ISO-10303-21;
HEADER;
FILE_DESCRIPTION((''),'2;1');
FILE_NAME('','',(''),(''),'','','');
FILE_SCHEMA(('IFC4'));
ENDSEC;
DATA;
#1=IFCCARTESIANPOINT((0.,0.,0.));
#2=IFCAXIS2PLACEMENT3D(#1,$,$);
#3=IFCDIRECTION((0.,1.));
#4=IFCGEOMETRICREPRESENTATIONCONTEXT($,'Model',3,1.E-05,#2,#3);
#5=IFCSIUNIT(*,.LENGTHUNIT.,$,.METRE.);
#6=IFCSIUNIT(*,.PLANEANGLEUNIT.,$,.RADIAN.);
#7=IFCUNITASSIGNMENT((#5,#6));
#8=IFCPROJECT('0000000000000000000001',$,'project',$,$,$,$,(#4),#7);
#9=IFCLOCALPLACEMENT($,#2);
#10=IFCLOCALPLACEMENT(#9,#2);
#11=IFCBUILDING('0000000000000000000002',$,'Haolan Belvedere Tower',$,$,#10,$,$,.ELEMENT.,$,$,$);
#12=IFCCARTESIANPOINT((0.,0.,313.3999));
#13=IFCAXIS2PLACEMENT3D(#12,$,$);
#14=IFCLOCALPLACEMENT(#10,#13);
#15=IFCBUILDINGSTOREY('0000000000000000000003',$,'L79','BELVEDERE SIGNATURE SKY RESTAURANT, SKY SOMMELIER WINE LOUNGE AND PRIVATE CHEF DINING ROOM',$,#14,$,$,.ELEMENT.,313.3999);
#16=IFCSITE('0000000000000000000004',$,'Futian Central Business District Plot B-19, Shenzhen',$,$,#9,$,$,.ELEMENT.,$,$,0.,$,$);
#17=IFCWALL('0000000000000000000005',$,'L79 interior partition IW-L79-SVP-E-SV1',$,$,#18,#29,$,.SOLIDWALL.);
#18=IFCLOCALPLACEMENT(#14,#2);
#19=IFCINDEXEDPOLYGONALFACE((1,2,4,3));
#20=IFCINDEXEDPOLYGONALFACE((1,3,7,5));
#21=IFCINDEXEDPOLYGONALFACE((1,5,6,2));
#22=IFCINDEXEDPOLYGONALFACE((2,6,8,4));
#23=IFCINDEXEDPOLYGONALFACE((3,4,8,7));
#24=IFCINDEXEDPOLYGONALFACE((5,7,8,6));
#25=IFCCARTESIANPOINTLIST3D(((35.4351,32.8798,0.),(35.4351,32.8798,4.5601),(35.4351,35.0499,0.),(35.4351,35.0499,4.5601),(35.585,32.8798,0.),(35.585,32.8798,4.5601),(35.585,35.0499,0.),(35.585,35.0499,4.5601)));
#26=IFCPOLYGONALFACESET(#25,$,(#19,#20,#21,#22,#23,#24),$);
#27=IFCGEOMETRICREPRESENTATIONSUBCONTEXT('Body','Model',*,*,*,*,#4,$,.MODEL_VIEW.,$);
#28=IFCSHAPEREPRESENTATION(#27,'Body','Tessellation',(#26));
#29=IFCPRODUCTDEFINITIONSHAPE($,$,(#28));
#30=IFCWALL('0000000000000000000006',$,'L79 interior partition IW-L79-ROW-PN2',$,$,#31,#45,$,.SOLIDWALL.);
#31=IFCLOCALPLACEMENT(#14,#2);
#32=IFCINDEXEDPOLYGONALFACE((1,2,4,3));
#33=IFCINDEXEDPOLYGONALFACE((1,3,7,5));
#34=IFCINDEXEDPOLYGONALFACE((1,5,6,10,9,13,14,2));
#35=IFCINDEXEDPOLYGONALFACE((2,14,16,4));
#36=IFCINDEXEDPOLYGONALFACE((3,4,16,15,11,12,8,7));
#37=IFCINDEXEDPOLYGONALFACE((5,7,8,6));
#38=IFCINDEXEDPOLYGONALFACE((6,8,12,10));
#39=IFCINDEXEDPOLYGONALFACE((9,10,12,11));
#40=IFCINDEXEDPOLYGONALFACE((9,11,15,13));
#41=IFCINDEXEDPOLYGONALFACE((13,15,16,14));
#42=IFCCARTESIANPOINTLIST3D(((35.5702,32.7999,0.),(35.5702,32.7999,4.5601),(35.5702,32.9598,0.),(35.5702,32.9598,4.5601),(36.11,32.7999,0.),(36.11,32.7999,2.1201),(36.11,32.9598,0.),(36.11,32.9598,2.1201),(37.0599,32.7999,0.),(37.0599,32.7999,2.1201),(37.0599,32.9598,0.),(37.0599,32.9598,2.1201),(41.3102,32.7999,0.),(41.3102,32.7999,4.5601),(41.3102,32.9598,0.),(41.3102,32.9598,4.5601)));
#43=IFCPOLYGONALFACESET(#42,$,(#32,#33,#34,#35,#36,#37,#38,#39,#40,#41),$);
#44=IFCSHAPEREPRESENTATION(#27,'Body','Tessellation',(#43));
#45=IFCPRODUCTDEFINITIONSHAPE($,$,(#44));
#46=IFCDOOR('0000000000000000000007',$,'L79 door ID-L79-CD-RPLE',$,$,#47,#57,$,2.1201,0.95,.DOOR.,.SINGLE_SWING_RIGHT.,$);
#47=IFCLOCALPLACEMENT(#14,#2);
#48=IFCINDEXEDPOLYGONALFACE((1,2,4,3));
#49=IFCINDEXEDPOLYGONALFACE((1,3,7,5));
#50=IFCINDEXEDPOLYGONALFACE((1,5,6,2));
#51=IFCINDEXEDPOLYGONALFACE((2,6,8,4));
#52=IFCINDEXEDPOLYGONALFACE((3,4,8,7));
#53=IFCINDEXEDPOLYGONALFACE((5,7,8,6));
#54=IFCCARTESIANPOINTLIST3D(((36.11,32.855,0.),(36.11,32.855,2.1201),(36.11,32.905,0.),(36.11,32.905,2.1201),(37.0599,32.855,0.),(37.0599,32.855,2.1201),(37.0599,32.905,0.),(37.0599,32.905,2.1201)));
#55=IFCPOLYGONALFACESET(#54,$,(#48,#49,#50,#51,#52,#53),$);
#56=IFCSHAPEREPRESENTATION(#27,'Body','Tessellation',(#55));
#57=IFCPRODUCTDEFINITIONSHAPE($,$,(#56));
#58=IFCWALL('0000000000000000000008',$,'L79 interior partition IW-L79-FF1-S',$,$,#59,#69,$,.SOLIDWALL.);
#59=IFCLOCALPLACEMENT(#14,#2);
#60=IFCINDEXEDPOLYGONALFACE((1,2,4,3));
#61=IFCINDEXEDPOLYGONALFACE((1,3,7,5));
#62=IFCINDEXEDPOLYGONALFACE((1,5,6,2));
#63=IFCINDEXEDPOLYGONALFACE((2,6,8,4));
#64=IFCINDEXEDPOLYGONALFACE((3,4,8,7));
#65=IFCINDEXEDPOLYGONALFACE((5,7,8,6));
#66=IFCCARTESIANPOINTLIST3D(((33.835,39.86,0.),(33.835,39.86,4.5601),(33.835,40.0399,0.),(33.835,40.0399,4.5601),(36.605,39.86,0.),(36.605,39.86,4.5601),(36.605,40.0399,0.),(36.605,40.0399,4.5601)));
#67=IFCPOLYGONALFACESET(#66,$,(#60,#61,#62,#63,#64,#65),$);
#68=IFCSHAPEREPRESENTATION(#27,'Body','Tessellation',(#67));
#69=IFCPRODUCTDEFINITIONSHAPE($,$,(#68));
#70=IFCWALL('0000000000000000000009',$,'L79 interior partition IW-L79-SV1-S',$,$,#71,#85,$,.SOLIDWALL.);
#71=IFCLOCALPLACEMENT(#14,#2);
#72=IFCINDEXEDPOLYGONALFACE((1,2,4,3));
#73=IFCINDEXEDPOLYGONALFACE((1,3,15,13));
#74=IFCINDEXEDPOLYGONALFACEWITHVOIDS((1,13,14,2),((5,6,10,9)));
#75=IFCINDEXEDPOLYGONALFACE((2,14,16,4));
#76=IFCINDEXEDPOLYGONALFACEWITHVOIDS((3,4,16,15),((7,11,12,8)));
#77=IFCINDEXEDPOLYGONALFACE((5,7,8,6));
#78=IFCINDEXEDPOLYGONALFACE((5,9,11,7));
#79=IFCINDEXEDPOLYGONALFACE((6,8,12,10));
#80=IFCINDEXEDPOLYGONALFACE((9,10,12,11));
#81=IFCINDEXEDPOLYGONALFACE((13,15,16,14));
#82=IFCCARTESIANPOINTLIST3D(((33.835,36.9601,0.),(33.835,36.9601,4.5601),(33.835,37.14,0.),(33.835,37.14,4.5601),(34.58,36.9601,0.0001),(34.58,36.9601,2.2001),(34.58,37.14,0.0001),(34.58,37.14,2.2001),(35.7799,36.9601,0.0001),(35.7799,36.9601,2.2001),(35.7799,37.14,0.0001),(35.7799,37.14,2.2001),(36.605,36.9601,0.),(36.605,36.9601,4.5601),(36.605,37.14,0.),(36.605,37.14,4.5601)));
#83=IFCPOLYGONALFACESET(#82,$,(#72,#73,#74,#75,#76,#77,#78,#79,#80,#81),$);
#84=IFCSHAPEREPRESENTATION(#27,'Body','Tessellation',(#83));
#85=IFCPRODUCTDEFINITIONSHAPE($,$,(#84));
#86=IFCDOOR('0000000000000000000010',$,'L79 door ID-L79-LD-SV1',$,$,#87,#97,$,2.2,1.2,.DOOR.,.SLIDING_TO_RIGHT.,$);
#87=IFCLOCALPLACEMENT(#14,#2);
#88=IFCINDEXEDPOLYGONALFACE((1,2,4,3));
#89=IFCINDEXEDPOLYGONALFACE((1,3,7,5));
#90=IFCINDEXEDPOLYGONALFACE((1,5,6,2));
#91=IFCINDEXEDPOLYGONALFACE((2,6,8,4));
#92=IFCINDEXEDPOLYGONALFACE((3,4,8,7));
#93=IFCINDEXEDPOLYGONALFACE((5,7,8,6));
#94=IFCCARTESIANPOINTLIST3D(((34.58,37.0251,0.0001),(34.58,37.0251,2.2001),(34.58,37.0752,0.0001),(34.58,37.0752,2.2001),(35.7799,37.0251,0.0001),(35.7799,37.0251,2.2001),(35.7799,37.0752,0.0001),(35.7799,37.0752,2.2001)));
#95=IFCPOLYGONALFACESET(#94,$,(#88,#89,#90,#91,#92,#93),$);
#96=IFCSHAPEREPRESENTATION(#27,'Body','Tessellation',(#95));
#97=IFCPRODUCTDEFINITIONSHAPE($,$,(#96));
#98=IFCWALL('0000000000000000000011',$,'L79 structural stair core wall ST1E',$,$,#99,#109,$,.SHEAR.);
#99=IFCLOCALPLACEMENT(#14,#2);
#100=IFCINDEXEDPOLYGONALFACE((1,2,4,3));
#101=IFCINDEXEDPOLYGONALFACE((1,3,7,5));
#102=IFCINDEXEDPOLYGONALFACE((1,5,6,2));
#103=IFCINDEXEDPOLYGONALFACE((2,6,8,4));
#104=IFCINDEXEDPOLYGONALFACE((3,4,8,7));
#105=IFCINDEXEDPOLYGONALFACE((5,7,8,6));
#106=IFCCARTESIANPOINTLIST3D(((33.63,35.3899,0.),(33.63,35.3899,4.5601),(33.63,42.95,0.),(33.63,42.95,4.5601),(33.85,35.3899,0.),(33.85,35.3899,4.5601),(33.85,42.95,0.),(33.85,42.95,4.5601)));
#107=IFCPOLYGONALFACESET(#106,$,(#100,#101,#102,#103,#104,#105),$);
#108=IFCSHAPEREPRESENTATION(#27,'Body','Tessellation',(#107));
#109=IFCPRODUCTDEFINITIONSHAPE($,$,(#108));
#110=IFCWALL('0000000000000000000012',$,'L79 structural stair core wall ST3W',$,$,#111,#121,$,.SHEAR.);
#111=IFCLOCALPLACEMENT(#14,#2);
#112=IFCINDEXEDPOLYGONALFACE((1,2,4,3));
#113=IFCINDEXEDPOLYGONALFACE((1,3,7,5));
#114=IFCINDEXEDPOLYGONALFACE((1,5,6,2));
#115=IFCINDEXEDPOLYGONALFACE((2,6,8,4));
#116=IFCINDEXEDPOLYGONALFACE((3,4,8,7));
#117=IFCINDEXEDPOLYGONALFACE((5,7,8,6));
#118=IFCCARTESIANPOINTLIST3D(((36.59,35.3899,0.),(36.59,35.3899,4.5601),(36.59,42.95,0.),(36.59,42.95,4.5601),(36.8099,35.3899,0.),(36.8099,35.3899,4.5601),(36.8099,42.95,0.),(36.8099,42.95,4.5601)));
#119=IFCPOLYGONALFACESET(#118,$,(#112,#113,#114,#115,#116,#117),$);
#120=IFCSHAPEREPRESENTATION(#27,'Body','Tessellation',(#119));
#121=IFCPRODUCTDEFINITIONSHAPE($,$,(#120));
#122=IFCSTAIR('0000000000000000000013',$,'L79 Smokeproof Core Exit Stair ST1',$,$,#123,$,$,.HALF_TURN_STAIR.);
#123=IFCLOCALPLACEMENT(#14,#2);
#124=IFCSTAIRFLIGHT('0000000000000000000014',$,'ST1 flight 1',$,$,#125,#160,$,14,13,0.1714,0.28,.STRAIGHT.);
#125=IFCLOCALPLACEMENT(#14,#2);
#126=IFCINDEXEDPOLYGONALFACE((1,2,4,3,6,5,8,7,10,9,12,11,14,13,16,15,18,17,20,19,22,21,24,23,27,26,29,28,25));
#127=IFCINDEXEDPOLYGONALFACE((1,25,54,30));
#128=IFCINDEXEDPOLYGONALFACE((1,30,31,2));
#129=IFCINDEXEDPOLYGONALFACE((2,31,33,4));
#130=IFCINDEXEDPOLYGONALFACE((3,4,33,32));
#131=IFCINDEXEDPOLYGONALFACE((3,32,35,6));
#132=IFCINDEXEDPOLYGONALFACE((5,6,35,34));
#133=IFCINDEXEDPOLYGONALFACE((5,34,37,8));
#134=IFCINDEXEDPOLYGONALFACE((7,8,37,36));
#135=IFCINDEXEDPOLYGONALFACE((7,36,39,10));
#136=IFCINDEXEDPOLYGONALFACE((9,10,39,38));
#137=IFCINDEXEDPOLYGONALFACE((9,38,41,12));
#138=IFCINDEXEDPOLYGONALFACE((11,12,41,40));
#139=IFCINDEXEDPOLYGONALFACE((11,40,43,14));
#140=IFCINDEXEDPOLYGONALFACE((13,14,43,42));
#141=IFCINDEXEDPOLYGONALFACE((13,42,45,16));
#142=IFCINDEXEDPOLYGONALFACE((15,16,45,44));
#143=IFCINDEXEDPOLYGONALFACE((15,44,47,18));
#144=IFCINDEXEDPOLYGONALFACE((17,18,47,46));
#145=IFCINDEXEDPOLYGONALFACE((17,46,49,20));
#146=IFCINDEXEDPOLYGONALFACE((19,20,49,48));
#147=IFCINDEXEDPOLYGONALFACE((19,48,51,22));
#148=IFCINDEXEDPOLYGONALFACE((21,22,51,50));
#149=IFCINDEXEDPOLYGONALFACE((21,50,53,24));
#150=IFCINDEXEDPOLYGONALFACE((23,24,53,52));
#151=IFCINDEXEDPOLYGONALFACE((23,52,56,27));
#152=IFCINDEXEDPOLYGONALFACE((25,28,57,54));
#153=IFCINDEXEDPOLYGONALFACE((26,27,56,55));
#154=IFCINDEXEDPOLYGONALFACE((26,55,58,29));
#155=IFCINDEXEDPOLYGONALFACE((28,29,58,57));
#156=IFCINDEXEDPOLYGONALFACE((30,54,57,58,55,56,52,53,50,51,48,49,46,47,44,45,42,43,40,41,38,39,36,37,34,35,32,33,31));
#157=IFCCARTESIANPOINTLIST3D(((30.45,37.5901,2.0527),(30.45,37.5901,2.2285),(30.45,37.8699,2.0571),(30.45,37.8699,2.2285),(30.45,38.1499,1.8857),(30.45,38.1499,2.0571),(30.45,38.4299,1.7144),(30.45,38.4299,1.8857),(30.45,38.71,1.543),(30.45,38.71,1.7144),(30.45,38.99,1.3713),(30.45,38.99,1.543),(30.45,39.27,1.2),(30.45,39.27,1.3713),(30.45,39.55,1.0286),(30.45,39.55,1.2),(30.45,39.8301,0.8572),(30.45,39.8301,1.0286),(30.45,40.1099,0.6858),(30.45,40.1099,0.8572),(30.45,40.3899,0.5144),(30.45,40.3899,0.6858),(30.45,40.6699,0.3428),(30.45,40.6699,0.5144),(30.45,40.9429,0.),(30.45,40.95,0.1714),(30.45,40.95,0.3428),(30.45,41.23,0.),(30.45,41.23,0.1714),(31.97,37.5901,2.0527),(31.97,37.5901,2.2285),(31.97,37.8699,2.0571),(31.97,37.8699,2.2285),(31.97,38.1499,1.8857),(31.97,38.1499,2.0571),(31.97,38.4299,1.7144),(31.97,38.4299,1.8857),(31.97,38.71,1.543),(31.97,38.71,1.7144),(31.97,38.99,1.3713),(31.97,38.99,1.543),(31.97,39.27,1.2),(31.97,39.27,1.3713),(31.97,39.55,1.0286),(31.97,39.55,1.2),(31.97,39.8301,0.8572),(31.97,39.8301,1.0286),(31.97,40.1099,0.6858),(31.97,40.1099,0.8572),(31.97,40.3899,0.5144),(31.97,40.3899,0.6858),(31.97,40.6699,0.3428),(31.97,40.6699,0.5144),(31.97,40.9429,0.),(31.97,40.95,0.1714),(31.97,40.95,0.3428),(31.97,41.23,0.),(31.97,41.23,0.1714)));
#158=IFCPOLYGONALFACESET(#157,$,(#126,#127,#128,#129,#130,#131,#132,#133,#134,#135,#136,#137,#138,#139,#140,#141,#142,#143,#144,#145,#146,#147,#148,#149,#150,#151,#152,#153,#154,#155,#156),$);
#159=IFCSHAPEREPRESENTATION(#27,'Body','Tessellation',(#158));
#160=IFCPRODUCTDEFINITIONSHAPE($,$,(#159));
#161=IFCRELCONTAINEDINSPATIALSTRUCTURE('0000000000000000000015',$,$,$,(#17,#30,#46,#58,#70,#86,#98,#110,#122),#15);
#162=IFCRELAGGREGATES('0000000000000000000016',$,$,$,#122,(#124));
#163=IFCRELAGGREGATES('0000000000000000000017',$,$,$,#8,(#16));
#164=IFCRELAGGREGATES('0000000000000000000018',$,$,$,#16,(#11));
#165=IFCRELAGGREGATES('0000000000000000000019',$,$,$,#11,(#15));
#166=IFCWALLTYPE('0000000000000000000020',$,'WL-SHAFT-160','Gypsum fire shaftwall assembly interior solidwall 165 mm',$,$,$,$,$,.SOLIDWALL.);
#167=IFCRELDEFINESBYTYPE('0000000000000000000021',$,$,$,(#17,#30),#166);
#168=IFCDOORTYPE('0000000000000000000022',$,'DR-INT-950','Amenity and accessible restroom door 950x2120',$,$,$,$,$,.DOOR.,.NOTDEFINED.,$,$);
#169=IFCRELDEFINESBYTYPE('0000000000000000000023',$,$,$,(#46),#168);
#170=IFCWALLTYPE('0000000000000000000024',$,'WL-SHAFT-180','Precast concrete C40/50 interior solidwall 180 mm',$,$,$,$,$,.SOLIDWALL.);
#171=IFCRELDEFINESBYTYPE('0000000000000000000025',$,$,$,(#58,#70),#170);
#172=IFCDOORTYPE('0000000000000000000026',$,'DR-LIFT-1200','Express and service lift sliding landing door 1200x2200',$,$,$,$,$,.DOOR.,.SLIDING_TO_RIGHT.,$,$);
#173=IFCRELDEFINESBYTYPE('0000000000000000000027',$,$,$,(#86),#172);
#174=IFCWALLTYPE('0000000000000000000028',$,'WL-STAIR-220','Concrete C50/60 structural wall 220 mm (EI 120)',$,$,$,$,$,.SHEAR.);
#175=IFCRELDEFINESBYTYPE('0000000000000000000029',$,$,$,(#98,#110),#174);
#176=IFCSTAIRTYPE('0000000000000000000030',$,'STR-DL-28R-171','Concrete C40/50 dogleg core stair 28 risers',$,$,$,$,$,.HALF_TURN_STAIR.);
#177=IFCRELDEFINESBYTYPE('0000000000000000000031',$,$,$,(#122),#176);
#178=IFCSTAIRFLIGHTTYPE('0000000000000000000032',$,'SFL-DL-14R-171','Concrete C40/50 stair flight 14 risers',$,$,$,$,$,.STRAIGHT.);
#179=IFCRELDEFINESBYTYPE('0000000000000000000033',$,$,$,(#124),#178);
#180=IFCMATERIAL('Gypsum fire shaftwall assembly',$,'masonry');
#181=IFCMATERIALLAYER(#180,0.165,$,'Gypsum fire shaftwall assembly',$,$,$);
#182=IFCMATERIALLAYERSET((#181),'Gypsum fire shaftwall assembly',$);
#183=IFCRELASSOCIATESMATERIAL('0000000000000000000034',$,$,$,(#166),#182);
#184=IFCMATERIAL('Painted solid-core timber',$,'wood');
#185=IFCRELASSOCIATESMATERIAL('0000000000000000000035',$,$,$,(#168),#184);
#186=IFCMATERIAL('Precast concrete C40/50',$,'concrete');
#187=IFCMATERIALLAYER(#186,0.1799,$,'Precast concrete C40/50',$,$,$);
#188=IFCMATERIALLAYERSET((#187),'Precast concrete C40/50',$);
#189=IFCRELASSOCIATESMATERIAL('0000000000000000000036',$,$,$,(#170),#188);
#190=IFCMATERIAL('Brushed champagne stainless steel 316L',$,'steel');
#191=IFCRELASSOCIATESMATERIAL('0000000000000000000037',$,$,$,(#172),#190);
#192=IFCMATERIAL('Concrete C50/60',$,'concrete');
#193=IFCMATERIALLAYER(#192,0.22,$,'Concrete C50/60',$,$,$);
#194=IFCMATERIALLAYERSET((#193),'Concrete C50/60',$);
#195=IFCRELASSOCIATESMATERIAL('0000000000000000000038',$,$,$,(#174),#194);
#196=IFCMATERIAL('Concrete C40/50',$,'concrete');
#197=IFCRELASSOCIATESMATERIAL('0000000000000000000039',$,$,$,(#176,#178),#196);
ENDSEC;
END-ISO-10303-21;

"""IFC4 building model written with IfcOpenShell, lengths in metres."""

from ifc_helpers import new_model, si_unit, direction, frame, frame_2d, origin, place, context, subcontext, project, spatial, polyline, rectangle, outline, extrude, material, layer, layer_set, type_object, element, fill, aggregate, save


model = new_model("IFC4")

# Units and contexts
model_context = context("Model", 3, precision=1e-05, world=origin(), true_north=direction((0.0, 1.0)))
body_context = subcontext(model_context, "Body", "Model", "MODEL_VIEW")
ifc_project = project(units=[si_unit("LENGTHUNIT", "METRE"), si_unit("PLANEANGLEUNIT", "RADIAN")], contexts=[model_context])

# Site, building, storey
site_placement = place(None, origin())
site = spatial("IfcSite", under=ifc_project, at=site_placement, Name="Futian Central Business District Plot B-19, Shenzhen", CompositionType="ELEMENT", RefElevation=0.0)
building_placement = place(site_placement, origin())
building = spatial("IfcBuilding", under=site, at=building_placement, Name="Haolan Belvedere Tower", CompositionType="ELEMENT")
storey_placement = place(building_placement, frame((0.0, 0.0, 313.3999)))
storey = spatial("IfcBuildingStorey", under=building, at=storey_placement, Name="L79", Description="BELVEDERE SIGNATURE SKY RESTAURANT, SKY SOMMELIER WINE LOUNGE AND PRIVATE CHEF DINING ROOM", CompositionType="ELEMENT", Elevation=313.3999)

# Wall
ifc_material_1 = material(Name="Gypsum fire shaftwall assembly", Category="masonry")
ifc_layer_1 = layer(ifc_material_1, 0.165, Name="Gypsum fire shaftwall assembly")
ifc_layer_set_1 = layer_set([ifc_layer_1], Name="Gypsum fire shaftwall assembly")
wall_type_1 = type_object("IfcWallType", Name="WL-SHAFT-160", Description="Gypsum fire shaftwall assembly interior solidwall 165 mm", PredefinedType="SOLIDWALL", material=ifc_layer_set_1)
wall_1_placement = place(storey_placement, frame((35.51, 32.8799, 0.0), z_axis=(0.0, 0.0, 1.0), x_axis=(0.0, 1.0, 0.0)))
element("IfcWall", 1, at=wall_1_placement, inside=storey, type_object=wall_type_1, Name="L79 interior partition IW-L79-SVP-E-SV1", PredefinedType="SOLIDWALL", context=body_context, shape_type="SweptSolid", body=[
    extrude(rectangle(XDim=2.1702, YDim=0.1499, at=frame_2d((1.085, 0.0))), origin(), (0.0, 0.0, 1.0), 4.5601),
])

# Wall, opening, door
wall_2_placement = place(storey_placement, frame((35.5701, 32.8799, 0.0), z_axis=(0.0, 0.0, 1.0), x_axis=(1.0, 0.0, 0.0)))
wall_2 = element("IfcWall", 2, at=wall_2_placement, inside=storey, type_object=wall_type_1, Name="L79 interior partition IW-L79-ROW-PN2", PredefinedType="SOLIDWALL", context=body_context, shape_type="SweptSolid", body=[
    extrude(rectangle(XDim=5.74, YDim=0.1599, at=frame_2d((2.8701, 0.0))), origin(), (0.0, 0.0, 1.0), 4.5601),
])
opening_1_placement = place(wall_2_placement, frame((1.49, 0.0, 0.0), z_axis=(0.0, 0.0, 1.0), x_axis=(-1.0, 0.0, 0.0)))
opening_1 = element("IfcOpeningElement", 3, at=opening_1_placement, cuts=wall_2, PredefinedType="OPENING", context=body_context, shape_type="SweptSolid", body=[
    extrude(rectangle(XDim=0.95, YDim=2.1201, at=frame_2d((0.4751, 1.0601))), frame((0.0, 0.0898, 0.0), z_axis=(0.0, -1.0, 0.0), x_axis=(1.0, 0.0, 0.0)), (0.0, 0.0, 1.0), 0.1799),
])
ifc_material_2 = material(Name="Painted solid-core timber", Category="wood")
door_type_1 = type_object("IfcDoorType", Name="DR-INT-950", Description="Amenity and accessible restroom door 950x2120", OperationType="NOTDEFINED", PredefinedType="DOOR", material=ifc_material_2)
door_1_placement = place(opening_1_placement, origin())
door_1 = element("IfcDoor", 4, at=door_1_placement, inside=storey, type_object=door_type_1, Name="L79 door ID-L79-CD-RPLE", OperationType="SINGLE_SWING_RIGHT", OverallHeight=2.1201, OverallWidth=0.95, PredefinedType="DOOR", context=body_context, shape_type="SweptSolid", body=[
    extrude(rectangle(XDim=0.95, YDim=2.1201, at=frame_2d((0.4751, 1.0601))), frame((0.0, 0.0249, 0.0), z_axis=(0.0, -1.0, 0.0), x_axis=(1.0, 0.0, 0.0)), (0.0, 0.0, 1.0), 0.05),
])
fill(opening_1, door_1)

# Wall
ifc_material_3 = material(Name="Precast concrete C40/50", Category="concrete")
ifc_layer_2 = layer(ifc_material_3, 0.1799, Name="Precast concrete C40/50")
ifc_layer_set_2 = layer_set([ifc_layer_2], Name="Precast concrete C40/50")
wall_type_2 = type_object("IfcWallType", Name="WL-SHAFT-180", Description="Precast concrete C40/50 interior solidwall 180 mm", PredefinedType="SOLIDWALL", material=ifc_layer_set_2)
wall_3_placement = place(storey_placement, frame((33.835, 39.95, 0.0), z_axis=(0.0, 0.0, 1.0), x_axis=(1.0, 0.0, 0.0)))
element("IfcWall", 5, at=wall_3_placement, inside=storey, type_object=wall_type_2, Name="L79 interior partition IW-L79-FF1-S", PredefinedType="SOLIDWALL", context=body_context, shape_type="SweptSolid", body=[
    extrude(rectangle(XDim=2.77, YDim=0.1799, at=frame_2d((1.385, 0.0))), origin(), (0.0, 0.0, 1.0), 4.5601),
])

# Wall, opening, door
wall_4_placement = place(storey_placement, frame((33.835, 37.05, 0.0), z_axis=(0.0, 0.0, 1.0), x_axis=(1.0, 0.0, 0.0)))
wall_4 = element("IfcWall", 6, at=wall_4_placement, inside=storey, type_object=wall_type_2, Name="L79 interior partition IW-L79-SV1-S", PredefinedType="SOLIDWALL", context=body_context, shape_type="SweptSolid", body=[
    extrude(rectangle(XDim=2.77, YDim=0.1799, at=frame_2d((1.385, 0.0))), origin(), (0.0, 0.0, 1.0), 4.5601),
])
opening_2_placement = place(wall_4_placement, frame((1.9451, 0.0, 0.0), z_axis=(0.0, 0.0, 1.0), x_axis=(-1.0, 0.0, 0.0)))
opening_2 = element("IfcOpeningElement", 7, at=opening_2_placement, cuts=wall_4, PredefinedType="OPENING", context=body_context, shape_type="SweptSolid", body=[
    extrude(rectangle(XDim=1.2, YDim=2.2, at=frame_2d((0.6001, 1.1001))), frame((0.0, 0.0999, 0.0), z_axis=(0.0, -1.0, 0.0), x_axis=(1.0, 0.0, 0.0)), (0.0, 0.0, 1.0), 0.2),
])
ifc_material_4 = material(Name="Brushed champagne stainless steel 316L", Category="steel")
door_type_2 = type_object("IfcDoorType", Name="DR-LIFT-1200", Description="Express and service lift sliding landing door 1200x2200", OperationType="SLIDING_TO_RIGHT", PredefinedType="DOOR", material=ifc_material_4)
door_2_placement = place(opening_2_placement, origin())
door_2 = element("IfcDoor", 8, at=door_2_placement, inside=storey, type_object=door_type_2, Name="L79 door ID-L79-LD-SV1", OperationType="SLIDING_TO_RIGHT", OverallHeight=2.2, OverallWidth=1.2, PredefinedType="DOOR", context=body_context, shape_type="SweptSolid", body=[
    extrude(rectangle(XDim=1.2, YDim=2.2, at=frame_2d((0.6001, 1.1001))), frame((0.0, 0.0249, 0.0), z_axis=(0.0, -1.0, 0.0), x_axis=(1.0, 0.0, 0.0)), (0.0, 0.0, 1.0), 0.05),
])
fill(opening_2, door_2)

# Walls
ifc_material_5 = material(Name="Concrete C50/60", Category="concrete")
ifc_layer_3 = layer(ifc_material_5, 0.22, Name="Concrete C50/60")
ifc_layer_set_3 = layer_set([ifc_layer_3], Name="Concrete C50/60")
wall_type_3 = type_object("IfcWallType", Name="WL-STAIR-220", Description="Concrete C50/60 structural wall 220 mm (EI 120)", PredefinedType="SHEAR", material=ifc_layer_set_3)
for number, where, z_axis, x_axis, name in (
    (9, (33.74, 35.3899, 0.0), (0.0, 0.0, 1.0), (0.0, 1.0, 0.0), "L79 structural stair core wall ST1E"),
    (10, (36.7, 35.3899, 0.0), (0.0, 0.0, 1.0), (0.0, 1.0, 0.0), "L79 structural stair core wall ST3W"),
):
    element("IfcWall", number, at=place(storey_placement, frame(where, z_axis=z_axis, x_axis=x_axis)), inside=storey, type_object=wall_type_3, Name=name, PredefinedType="SHEAR", context=body_context, shape_type="SweptSolid", body=[
        extrude(rectangle(XDim=7.5601, YDim=0.22, at=frame_2d((3.78, 0.0))), origin(), (0.0, 0.0, 1.0), 4.5601),
    ])

# Stair, stair flight
ifc_material_6 = material(Name="Concrete C40/50", Category="concrete")
stair_type = type_object("IfcStairType", Name="STR-DL-28R-171", Description="Concrete C40/50 dogleg core stair 28 risers", PredefinedType="HALF_TURN_STAIR", material=ifc_material_6)
stair_placement = place(storey_placement, origin())
stair = element("IfcStair", 11, at=stair_placement, inside=storey, type_object=stair_type, Name="L79 Smokeproof Core Exit Stair ST1", PredefinedType="HALF_TURN_STAIR")
stair_flight_type = type_object("IfcStairFlightType", Name="SFL-DL-14R-171", Description="Concrete C40/50 stair flight 14 risers", PredefinedType="STRAIGHT", material=ifc_material_6)
stair_flight_1_placement = place(storey_placement, frame((31.21, 41.23, 0.0), z_axis=(0.0, 0.0, 1.0), x_axis=(0.0, -1.0, 0.0)))
stair_flight_1 = element("IfcStairFlight", 12, at=stair_flight_1_placement, type_object=stair_flight_type, Name="ST1 flight 1", NumberOfRisers=14, NumberOfTreads=13, PredefinedType="STRAIGHT", RiserHeight=0.1714, TreadLength=0.28, context=body_context, shape_type="SweptSolid", body=[
    extrude(outline(polyline([(0.0, 0.0), (0.0, 0.1714), (0.28, 0.1714), (0.28, 0.3428), (0.5601, 0.3428), (0.5601, 0.5144), (0.8401, 0.5144), (0.8401, 0.6858), (1.1201, 0.6858), (1.1201, 0.8572), (1.3999, 0.8572), (1.3999, 1.0286), (1.6799, 1.0286), (1.6799, 1.2), (1.96, 1.2), (1.96, 1.3713), (2.24, 1.3713), (2.24, 1.543), (2.52, 1.543), (2.52, 1.7144), (2.8, 1.7144), (2.8, 1.8857), (3.0801, 1.8857), (3.0801, 2.0571), (3.3601, 2.0571), (3.3601, 2.2285), (3.6399, 2.2285), (3.6399, 2.3999), (3.6399, 2.0527), (0.2871, 0.0), (0.0, 0.0)])), frame((0.0, 0.76, 0.0), z_axis=(0.0, -1.0, 0.0), x_axis=(1.0, 0.0, 0.0)), (0.0, 0.0, 1.0), 1.52),
])
aggregate(stair, [stair_flight_1])

save(model, "model.ifc")
